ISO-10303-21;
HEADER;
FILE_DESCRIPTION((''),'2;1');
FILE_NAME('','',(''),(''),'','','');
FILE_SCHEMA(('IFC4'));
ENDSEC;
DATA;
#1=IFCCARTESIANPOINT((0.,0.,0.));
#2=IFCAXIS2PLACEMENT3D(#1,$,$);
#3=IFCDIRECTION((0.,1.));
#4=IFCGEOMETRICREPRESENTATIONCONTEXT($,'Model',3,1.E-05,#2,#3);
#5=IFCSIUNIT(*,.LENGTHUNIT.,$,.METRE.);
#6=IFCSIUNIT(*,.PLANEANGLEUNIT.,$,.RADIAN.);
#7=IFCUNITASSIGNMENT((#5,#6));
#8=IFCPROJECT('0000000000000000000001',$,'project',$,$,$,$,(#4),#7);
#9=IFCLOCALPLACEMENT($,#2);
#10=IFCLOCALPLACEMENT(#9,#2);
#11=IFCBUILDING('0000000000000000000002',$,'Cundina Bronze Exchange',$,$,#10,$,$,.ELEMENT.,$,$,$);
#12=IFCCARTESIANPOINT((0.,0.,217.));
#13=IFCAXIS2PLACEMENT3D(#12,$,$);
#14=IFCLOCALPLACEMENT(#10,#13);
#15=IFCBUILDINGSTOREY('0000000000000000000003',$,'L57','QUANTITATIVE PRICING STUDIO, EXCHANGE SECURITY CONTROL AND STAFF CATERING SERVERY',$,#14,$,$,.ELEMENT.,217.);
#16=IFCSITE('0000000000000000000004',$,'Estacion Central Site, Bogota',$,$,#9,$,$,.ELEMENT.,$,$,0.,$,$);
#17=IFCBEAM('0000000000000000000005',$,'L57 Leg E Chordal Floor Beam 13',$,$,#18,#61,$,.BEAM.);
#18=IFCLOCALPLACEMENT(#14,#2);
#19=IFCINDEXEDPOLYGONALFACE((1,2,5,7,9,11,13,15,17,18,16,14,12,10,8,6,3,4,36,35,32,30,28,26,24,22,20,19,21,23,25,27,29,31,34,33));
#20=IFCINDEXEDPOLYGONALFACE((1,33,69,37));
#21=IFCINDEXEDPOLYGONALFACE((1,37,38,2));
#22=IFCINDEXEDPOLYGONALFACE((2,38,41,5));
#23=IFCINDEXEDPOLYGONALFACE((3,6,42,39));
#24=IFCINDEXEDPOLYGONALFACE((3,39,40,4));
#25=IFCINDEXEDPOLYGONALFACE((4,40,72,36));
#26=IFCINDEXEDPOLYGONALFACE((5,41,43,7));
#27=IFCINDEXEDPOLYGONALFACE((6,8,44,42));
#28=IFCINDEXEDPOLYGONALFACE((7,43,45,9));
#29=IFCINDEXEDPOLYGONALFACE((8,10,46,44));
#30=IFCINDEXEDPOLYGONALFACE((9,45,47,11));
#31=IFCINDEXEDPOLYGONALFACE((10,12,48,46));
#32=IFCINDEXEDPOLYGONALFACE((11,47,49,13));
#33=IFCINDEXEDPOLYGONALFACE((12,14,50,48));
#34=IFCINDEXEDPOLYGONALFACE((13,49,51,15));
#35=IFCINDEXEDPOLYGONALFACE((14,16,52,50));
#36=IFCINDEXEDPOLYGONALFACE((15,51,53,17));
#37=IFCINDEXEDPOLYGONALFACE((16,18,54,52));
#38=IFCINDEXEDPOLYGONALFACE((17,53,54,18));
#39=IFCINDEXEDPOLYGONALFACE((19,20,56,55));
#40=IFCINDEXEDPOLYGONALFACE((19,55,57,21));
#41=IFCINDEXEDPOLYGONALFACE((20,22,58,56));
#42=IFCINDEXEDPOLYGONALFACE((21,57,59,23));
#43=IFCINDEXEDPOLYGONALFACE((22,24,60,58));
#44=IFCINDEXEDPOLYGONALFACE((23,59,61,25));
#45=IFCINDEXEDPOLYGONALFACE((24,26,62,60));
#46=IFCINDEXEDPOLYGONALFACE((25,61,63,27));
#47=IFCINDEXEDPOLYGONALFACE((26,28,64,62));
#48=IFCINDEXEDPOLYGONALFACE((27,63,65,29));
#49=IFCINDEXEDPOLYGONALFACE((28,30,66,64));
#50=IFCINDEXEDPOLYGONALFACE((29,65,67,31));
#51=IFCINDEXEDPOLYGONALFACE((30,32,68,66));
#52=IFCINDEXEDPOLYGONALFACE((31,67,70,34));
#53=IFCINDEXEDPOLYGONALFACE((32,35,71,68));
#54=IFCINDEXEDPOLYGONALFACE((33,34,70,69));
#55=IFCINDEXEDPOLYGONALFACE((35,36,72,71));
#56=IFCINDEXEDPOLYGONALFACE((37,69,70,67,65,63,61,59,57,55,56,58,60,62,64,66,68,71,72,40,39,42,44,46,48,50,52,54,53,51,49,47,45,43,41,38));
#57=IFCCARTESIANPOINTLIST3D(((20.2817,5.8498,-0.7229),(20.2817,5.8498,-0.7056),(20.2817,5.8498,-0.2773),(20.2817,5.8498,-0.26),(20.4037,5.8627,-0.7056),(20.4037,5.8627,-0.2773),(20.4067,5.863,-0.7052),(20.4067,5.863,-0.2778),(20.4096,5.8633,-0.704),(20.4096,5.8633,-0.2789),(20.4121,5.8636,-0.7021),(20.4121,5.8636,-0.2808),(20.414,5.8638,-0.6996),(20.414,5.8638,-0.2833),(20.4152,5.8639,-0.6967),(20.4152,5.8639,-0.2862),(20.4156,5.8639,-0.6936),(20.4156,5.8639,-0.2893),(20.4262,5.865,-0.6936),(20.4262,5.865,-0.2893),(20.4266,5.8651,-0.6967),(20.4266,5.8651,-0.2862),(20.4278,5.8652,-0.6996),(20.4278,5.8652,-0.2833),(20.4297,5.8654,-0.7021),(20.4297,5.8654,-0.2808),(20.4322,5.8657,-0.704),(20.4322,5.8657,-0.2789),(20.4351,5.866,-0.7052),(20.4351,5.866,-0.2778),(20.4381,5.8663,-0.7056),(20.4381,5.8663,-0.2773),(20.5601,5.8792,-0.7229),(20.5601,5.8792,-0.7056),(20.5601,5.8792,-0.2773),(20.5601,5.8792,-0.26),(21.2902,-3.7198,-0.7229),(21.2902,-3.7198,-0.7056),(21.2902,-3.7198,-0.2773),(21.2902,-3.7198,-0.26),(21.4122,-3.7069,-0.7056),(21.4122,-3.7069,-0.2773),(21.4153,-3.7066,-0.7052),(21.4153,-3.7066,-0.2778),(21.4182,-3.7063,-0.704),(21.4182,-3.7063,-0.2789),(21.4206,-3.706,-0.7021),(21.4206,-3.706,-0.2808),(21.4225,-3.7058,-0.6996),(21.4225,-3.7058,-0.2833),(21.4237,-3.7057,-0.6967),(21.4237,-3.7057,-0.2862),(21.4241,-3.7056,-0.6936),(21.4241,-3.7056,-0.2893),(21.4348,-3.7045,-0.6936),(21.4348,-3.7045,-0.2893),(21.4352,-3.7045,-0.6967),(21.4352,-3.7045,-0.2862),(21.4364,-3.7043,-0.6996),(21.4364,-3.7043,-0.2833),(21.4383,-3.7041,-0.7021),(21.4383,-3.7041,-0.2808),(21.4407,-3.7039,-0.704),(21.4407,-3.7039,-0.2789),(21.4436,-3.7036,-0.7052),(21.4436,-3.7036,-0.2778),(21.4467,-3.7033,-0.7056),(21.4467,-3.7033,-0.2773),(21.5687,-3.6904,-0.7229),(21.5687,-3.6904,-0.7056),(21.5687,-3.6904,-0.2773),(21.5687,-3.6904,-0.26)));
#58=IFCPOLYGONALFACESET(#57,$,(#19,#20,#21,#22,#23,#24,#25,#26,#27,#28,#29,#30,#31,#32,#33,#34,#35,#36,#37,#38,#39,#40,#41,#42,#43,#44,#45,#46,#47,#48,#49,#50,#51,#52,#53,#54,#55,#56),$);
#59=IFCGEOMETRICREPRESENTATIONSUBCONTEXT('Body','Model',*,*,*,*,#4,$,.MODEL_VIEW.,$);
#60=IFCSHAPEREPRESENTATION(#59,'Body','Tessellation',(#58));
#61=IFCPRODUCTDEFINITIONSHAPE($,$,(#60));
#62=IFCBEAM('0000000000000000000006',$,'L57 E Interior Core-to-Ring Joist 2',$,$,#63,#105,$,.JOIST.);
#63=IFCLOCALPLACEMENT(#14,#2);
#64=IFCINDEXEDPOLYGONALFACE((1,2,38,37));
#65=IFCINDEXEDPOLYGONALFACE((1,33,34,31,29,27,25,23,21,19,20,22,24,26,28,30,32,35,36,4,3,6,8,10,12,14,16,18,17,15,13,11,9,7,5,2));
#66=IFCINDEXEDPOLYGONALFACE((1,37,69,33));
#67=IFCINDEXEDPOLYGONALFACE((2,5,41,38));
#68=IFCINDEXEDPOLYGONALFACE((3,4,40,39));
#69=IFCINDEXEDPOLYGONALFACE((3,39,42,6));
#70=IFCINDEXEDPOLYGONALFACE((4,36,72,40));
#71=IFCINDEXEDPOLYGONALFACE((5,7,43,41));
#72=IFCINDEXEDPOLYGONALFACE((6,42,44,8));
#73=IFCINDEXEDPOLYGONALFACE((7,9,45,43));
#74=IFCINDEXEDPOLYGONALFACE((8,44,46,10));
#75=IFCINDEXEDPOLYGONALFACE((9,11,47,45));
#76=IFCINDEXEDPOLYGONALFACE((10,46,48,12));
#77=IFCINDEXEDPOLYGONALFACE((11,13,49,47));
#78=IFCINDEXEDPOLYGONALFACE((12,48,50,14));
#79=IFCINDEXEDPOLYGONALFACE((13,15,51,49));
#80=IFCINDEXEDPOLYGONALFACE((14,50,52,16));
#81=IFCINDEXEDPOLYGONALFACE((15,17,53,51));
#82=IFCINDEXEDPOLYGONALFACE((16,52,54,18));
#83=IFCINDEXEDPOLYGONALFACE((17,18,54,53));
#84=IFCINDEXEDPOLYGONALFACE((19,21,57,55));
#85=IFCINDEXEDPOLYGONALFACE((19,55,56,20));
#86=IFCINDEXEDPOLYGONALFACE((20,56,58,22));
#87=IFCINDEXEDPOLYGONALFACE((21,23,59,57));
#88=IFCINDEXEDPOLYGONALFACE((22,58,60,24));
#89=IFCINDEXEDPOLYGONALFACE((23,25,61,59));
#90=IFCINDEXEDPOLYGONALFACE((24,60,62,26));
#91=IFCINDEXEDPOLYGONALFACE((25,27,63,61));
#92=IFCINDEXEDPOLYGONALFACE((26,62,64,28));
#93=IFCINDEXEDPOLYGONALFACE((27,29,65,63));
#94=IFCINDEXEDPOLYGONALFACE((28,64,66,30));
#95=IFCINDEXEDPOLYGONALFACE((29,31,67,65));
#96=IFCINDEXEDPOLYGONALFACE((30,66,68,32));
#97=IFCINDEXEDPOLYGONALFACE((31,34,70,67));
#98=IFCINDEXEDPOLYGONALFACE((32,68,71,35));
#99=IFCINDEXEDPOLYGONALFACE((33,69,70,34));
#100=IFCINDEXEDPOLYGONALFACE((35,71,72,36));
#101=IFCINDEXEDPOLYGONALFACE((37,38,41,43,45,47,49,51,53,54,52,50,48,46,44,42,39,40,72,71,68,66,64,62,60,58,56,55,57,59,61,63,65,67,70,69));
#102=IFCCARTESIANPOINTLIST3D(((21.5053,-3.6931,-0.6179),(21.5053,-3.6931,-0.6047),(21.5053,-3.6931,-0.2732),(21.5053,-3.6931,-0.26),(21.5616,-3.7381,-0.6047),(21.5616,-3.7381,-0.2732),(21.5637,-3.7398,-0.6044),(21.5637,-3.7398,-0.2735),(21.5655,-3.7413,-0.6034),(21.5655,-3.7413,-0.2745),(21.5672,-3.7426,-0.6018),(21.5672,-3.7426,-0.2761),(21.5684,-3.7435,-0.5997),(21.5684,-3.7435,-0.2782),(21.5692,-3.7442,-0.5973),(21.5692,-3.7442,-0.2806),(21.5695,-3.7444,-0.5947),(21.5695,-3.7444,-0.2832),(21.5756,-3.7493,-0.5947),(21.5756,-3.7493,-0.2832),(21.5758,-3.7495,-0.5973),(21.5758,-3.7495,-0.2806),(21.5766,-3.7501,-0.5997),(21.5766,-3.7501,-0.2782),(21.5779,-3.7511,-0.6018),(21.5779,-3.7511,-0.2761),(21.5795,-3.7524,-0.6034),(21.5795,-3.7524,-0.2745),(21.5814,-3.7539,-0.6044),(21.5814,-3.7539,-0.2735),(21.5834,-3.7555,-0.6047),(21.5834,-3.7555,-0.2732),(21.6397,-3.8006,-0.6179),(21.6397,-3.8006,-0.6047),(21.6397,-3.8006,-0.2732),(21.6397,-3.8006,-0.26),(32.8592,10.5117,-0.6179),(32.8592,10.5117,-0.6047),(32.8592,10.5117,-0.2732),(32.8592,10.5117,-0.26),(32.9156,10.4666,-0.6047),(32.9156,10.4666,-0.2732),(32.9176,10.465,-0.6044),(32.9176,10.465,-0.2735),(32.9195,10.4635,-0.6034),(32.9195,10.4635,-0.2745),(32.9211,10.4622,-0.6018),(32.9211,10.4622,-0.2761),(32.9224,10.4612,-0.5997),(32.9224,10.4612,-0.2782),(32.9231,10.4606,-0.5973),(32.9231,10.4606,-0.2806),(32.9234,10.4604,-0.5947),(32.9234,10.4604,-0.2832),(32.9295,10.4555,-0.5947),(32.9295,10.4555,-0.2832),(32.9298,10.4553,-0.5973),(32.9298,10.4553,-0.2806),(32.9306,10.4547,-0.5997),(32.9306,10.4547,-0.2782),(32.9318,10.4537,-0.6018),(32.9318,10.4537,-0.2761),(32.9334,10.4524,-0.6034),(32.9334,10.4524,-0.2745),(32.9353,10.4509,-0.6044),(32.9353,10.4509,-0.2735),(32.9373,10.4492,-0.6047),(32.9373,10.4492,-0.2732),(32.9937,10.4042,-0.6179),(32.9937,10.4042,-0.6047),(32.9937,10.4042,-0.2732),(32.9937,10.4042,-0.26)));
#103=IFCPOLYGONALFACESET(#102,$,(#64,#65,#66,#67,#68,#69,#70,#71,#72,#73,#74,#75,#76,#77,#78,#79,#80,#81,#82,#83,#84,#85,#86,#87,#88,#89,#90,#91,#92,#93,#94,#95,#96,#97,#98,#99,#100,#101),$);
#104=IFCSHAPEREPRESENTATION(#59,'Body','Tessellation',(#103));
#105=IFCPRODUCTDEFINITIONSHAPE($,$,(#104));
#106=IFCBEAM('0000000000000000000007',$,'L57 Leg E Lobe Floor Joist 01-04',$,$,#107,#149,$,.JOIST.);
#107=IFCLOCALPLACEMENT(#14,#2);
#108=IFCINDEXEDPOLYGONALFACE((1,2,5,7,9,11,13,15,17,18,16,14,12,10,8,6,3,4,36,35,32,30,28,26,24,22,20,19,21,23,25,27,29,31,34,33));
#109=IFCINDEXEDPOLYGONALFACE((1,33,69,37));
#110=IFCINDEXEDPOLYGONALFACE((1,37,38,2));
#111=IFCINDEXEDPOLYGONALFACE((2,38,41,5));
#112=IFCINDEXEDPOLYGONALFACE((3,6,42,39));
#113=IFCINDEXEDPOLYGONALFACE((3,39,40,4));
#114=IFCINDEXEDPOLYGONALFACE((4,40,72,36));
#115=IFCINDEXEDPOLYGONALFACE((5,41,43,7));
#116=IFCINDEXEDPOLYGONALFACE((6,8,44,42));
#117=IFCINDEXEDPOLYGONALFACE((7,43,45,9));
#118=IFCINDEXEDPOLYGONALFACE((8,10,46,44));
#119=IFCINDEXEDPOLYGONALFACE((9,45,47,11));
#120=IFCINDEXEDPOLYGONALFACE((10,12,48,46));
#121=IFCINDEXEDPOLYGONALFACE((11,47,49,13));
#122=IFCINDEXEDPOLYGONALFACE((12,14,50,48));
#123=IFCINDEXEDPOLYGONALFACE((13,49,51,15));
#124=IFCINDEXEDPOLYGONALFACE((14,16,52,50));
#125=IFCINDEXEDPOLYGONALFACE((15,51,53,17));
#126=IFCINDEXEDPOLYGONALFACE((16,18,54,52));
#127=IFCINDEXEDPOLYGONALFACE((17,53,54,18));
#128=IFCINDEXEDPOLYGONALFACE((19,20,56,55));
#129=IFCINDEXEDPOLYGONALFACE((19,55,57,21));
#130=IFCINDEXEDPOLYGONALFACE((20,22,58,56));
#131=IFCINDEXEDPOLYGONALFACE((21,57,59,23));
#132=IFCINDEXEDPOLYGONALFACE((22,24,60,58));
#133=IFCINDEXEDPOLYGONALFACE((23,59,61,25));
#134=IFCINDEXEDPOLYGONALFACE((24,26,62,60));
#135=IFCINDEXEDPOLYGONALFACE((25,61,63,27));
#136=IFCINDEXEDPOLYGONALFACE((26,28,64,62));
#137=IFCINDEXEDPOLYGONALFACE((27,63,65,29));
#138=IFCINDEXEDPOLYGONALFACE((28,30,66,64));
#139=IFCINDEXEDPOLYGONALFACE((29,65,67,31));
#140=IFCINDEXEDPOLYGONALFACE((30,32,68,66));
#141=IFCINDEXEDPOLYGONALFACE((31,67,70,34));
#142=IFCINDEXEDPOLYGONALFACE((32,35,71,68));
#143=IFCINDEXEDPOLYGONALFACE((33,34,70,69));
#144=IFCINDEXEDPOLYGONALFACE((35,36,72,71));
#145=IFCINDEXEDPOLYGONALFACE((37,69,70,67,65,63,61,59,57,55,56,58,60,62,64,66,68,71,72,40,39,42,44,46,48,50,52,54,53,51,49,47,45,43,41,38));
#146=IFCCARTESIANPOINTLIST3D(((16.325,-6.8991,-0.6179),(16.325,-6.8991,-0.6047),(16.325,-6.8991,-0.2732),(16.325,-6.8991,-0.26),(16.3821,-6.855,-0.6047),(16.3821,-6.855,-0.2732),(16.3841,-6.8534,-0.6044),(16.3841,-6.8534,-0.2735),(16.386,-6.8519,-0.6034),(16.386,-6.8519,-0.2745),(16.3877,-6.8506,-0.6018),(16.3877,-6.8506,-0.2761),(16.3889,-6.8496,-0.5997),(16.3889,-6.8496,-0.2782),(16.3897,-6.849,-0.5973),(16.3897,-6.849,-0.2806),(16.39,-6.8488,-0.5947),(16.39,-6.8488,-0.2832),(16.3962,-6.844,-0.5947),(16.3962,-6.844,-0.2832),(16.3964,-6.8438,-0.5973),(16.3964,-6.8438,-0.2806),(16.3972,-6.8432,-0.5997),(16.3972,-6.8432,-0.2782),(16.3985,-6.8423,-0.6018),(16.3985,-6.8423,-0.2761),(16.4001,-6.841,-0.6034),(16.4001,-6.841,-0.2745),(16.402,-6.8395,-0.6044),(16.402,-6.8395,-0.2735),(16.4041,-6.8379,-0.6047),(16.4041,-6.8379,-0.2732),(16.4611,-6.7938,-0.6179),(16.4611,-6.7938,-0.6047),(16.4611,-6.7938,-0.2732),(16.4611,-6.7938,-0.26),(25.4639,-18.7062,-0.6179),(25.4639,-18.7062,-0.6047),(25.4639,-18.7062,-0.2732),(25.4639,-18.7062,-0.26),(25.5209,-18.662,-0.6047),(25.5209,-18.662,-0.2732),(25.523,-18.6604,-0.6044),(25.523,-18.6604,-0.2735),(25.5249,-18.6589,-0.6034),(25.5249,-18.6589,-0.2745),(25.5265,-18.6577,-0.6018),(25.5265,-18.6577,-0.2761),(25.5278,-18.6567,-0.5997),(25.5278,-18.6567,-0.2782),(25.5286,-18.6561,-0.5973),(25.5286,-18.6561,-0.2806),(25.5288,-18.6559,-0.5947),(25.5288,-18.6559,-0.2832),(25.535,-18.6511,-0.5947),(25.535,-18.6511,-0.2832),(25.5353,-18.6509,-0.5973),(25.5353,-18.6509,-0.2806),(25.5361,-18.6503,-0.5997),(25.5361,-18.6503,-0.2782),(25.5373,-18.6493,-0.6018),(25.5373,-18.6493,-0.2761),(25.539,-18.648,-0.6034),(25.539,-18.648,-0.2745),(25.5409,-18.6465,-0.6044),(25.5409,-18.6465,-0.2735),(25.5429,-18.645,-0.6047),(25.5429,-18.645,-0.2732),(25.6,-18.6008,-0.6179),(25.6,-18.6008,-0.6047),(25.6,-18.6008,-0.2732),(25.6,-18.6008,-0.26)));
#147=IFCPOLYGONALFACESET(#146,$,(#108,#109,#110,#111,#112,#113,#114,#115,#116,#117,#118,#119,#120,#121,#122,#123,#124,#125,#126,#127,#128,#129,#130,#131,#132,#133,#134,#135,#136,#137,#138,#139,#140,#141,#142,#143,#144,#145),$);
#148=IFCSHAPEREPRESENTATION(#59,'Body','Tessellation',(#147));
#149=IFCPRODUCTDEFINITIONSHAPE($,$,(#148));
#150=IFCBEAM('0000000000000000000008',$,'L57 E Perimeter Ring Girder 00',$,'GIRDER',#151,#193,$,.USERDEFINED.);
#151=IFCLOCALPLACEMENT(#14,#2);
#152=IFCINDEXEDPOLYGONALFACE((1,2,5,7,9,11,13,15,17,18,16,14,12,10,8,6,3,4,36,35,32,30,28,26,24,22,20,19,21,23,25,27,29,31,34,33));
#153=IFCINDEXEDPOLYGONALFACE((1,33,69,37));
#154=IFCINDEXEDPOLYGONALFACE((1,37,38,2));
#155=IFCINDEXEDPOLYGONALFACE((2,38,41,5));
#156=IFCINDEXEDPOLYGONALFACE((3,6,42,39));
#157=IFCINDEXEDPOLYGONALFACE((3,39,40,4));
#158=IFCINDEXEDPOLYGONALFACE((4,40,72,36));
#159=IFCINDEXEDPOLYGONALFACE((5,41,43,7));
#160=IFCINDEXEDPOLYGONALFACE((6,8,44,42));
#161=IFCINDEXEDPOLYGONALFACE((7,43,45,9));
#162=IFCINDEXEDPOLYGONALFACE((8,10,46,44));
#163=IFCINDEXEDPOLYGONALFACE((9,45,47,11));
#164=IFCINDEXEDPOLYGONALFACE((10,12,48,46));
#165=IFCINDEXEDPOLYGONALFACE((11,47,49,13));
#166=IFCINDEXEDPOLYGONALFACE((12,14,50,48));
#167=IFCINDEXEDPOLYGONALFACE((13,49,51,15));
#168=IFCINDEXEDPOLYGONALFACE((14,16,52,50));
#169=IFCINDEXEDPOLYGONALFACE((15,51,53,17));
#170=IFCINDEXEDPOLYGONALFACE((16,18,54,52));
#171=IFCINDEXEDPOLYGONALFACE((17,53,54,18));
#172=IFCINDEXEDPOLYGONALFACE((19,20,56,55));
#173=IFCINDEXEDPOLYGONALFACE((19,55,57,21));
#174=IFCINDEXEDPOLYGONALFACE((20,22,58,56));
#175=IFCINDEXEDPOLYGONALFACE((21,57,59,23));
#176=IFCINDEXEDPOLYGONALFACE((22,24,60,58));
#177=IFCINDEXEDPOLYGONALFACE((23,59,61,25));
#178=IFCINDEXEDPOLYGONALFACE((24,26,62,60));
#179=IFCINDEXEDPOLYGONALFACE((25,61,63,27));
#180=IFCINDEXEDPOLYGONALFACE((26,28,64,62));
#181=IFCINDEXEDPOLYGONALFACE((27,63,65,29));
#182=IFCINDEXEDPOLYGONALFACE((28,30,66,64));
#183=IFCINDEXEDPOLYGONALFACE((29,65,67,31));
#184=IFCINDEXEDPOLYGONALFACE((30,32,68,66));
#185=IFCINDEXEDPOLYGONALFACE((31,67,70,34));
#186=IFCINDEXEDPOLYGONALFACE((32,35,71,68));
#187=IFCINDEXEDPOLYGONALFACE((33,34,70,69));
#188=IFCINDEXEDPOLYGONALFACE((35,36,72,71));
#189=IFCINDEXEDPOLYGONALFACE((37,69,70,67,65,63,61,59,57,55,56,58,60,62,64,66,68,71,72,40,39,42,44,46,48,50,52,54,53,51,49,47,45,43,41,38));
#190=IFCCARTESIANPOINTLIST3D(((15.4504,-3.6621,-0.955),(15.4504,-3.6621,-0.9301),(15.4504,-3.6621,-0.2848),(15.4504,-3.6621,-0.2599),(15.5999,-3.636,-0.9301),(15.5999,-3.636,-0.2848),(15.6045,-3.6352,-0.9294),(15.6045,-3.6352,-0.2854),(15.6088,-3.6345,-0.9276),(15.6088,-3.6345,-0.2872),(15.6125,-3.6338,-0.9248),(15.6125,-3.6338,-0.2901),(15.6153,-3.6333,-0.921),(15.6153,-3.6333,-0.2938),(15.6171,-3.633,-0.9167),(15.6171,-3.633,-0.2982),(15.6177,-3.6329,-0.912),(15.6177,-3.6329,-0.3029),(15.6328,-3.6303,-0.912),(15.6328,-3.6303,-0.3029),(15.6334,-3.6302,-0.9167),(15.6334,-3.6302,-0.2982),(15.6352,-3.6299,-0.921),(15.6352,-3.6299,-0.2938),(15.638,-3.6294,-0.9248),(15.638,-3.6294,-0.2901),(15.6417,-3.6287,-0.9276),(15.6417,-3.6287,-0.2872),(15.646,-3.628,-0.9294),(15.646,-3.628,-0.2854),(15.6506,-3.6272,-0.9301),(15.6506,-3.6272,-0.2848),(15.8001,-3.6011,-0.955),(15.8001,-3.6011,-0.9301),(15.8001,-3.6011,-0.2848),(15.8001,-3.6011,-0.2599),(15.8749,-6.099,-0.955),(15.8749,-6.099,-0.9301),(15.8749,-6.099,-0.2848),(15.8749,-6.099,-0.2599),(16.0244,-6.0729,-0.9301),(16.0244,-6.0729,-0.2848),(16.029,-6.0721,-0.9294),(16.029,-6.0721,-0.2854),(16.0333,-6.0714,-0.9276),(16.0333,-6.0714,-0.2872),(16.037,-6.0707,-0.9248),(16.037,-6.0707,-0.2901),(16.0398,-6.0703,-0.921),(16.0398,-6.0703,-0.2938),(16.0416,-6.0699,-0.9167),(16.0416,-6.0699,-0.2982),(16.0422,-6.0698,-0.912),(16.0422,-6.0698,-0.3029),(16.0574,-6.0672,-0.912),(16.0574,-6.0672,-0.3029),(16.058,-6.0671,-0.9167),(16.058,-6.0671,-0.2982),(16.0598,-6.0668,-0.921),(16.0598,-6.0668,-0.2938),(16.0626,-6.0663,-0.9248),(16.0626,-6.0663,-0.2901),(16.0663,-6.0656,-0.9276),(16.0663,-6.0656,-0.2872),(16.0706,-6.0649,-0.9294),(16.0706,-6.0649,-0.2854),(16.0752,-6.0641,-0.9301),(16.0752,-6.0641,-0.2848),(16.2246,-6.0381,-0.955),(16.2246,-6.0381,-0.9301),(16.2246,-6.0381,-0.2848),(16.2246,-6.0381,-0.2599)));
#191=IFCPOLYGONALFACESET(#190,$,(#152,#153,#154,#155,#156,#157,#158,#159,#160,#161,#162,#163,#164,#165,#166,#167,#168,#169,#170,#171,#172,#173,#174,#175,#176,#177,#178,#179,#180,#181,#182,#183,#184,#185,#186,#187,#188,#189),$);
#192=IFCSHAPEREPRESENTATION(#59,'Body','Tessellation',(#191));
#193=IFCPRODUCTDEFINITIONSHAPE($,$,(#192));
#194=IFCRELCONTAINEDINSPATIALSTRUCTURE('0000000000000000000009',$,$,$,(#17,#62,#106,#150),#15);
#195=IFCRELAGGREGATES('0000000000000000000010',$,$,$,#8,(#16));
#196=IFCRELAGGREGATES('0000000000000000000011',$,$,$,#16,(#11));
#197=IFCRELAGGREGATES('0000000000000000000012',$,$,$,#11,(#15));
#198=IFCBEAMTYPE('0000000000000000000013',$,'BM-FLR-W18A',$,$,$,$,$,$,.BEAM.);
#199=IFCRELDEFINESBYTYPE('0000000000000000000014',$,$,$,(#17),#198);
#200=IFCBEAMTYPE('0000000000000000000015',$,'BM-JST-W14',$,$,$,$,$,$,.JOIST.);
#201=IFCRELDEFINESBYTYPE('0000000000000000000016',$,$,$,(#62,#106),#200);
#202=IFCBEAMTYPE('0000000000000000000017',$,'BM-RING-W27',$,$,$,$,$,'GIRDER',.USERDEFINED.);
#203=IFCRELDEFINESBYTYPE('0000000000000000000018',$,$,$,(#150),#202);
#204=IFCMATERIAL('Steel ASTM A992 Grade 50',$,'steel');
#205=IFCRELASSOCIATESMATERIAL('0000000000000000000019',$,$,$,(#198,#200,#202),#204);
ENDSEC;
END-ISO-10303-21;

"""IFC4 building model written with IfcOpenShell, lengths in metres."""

from ifc_helpers import new_model, si_unit, direction, frame, origin, origin_2d, place, context, subcontext, project, spatial, i_section, extrude, material, material_profile, profile_set, type_object, element, save


model = new_model("IFC4")

# Units and contexts
model_context = context("Model", 3, precision=1e-05, world=origin(), true_north=direction((0.0, 1.0)))
body_context = subcontext(model_context, "Body", "Model", "MODEL_VIEW")
ifc_project = project(units=[si_unit("LENGTHUNIT", "METRE"), si_unit("PLANEANGLEUNIT", "RADIAN")], contexts=[model_context])

# Site, building, storey
site_placement = place(None, origin())
site = spatial("IfcSite", under=ifc_project, at=site_placement, Name="Estacion Central Site, Bogota", CompositionType="ELEMENT", RefElevation=0.0)
building_placement = place(site_placement, origin())
building = spatial("IfcBuilding", under=site, at=building_placement, Name="Cundina Bronze Exchange", CompositionType="ELEMENT")
storey_placement = place(building_placement, frame((0.0, 0.0, 217.0)))
storey = spatial("IfcBuildingStorey", under=building, at=storey_placement, Name="L57", Description="QUANTITATIVE PRICING STUDIO, EXCHANGE SECURITY CONTROL AND STAFF CATERING SERVERY", CompositionType="ELEMENT", Elevation=217.0)

# Shared definitions
ifc_material_1 = material(Name="Steel ASTM A992 Grade 50", Category="steel")

# Beams
ifc_material_profile_1 = material_profile(ifc_material_1, i_section(OverallWidth=0.28, OverallDepth=0.4629, WebThickness=0.0107, FlangeThickness=0.0173, FilletRadius=0.012, at=origin_2d()), Name="W18X76", Category="steel")
ifc_profile_set_1 = profile_set([ifc_material_profile_1], Name="Steel ASTM A992 Grade 50")
beam_type_1 = type_object("IfcBeamType", Name="BM-FLR-W18A", PredefinedType="BEAM", material=ifc_profile_set_1)
beam_1_placement = place(storey_placement, frame((21.4294, -3.7051, -0.4915), z_axis=(-0.10481, 0.994492, 0.0), x_axis=(-0.994492, -0.10481, 0.0)))
element("IfcBeam", 1, at=beam_1_placement, inside=storey, type_object=beam_type_1, Name="L57 Leg E Chordal Floor Beam 13", PredefinedType="BEAM", context=body_context, shape_type="SweptSolid", body=[
    extrude(i_section(OverallWidth=0.28, OverallDepth=0.4629, WebThickness=0.0107, FlangeThickness=0.0173, FilletRadius=0.012, at=origin_2d()), origin(), (0.0, 0.0, 1.0), 9.6226),
])
ifc_material_profile_2 = material_profile(ifc_material_1, i_section(OverallWidth=0.1721, OverallDepth=0.3579, WebThickness=0.0078, FlangeThickness=0.0132, FilletRadius=0.01, at=origin_2d()), Name="W14X38", Category="steel")
ifc_profile_set_2 = profile_set([ifc_material_profile_2], Name="Steel ASTM A992 Grade 50")
beam_type_2 = type_object("IfcBeamType", Name="BM-JST-W14", PredefinedType="JOIST", material=ifc_profile_set_2)
beam_2_placement = place(storey_placement, frame((21.5725, -3.7468, -0.439), z_axis=(0.624364, 0.781133, 0.0), x_axis=(-0.781133, 0.624364, 0.0)))
element("IfcBeam", 2, at=beam_2_placement, inside=storey, type_object=beam_type_2, Name="L57 E Interior Core-to-Ring Joist 2", PredefinedType="JOIST", context=body_context, shape_type="SweptSolid", body=[
    extrude(i_section(OverallWidth=0.1721, OverallDepth=0.3579, WebThickness=0.0078, FlangeThickness=0.0132, FilletRadius=0.01, at=origin_2d()), origin(), (0.0, 0.0, 1.0), 18.1848),
])
beam_3_placement = place(storey_placement, frame((16.3931, -6.8464, -0.439), z_axis=(0.612086, -0.790791, 0.0), x_axis=(0.790791, 0.612086, 0.0)))
element("IfcBeam", 3, at=beam_3_placement, inside=storey, type_object=beam_type_2, Name="L57 Leg E Lobe Floor Joist 01-04", PredefinedType="JOIST", context=body_context, shape_type="SweptSolid", body=[
    extrude(i_section(OverallWidth=0.1721, OverallDepth=0.3579, WebThickness=0.0078, FlangeThickness=0.0132, FilletRadius=0.01, at=origin_2d()), origin(), (0.0, 0.0, 1.0), 14.9307),
])
ifc_material_profile_3 = material_profile(ifc_material_1, i_section(OverallWidth=0.355, OverallDepth=0.6951, WebThickness=0.0154, FlangeThickness=0.0249, FilletRadius=0.0181, at=origin_2d()), Name="W27X146", Category="steel")
ifc_profile_set_3 = profile_set([ifc_material_profile_3], Name="Steel ASTM A992 Grade 50")
beam_type_3 = type_object("IfcBeamType", Name="BM-RING-W27", ElementType="GIRDER", PredefinedType="USERDEFINED", material=ifc_profile_set_3)
for number, where, z_axis, x_axis, name in (
    (4, (15.6252, -3.6316, -0.6074), (0.171629, -0.985162, 0.0), (0.985162, 0.171629, 0.0), "L57 E Perimeter Ring Girder 00"),
):
    element("IfcBeam", number, at=place(storey_placement, frame(where, z_axis=z_axis, x_axis=x_axis)), inside=storey, type_object=beam_type_3, Name=name, ObjectType="GIRDER", PredefinedType="USERDEFINED", context=body_context, shape_type="SweptSolid", body=[
        extrude(i_section(OverallWidth=0.355, OverallDepth=0.6951, WebThickness=0.0154, FlangeThickness=0.0249, FilletRadius=0.0181, at=origin_2d()), origin(), (0.0, 0.0, 1.0), 2.4736),
    ])

save(model, "model.ifc")
